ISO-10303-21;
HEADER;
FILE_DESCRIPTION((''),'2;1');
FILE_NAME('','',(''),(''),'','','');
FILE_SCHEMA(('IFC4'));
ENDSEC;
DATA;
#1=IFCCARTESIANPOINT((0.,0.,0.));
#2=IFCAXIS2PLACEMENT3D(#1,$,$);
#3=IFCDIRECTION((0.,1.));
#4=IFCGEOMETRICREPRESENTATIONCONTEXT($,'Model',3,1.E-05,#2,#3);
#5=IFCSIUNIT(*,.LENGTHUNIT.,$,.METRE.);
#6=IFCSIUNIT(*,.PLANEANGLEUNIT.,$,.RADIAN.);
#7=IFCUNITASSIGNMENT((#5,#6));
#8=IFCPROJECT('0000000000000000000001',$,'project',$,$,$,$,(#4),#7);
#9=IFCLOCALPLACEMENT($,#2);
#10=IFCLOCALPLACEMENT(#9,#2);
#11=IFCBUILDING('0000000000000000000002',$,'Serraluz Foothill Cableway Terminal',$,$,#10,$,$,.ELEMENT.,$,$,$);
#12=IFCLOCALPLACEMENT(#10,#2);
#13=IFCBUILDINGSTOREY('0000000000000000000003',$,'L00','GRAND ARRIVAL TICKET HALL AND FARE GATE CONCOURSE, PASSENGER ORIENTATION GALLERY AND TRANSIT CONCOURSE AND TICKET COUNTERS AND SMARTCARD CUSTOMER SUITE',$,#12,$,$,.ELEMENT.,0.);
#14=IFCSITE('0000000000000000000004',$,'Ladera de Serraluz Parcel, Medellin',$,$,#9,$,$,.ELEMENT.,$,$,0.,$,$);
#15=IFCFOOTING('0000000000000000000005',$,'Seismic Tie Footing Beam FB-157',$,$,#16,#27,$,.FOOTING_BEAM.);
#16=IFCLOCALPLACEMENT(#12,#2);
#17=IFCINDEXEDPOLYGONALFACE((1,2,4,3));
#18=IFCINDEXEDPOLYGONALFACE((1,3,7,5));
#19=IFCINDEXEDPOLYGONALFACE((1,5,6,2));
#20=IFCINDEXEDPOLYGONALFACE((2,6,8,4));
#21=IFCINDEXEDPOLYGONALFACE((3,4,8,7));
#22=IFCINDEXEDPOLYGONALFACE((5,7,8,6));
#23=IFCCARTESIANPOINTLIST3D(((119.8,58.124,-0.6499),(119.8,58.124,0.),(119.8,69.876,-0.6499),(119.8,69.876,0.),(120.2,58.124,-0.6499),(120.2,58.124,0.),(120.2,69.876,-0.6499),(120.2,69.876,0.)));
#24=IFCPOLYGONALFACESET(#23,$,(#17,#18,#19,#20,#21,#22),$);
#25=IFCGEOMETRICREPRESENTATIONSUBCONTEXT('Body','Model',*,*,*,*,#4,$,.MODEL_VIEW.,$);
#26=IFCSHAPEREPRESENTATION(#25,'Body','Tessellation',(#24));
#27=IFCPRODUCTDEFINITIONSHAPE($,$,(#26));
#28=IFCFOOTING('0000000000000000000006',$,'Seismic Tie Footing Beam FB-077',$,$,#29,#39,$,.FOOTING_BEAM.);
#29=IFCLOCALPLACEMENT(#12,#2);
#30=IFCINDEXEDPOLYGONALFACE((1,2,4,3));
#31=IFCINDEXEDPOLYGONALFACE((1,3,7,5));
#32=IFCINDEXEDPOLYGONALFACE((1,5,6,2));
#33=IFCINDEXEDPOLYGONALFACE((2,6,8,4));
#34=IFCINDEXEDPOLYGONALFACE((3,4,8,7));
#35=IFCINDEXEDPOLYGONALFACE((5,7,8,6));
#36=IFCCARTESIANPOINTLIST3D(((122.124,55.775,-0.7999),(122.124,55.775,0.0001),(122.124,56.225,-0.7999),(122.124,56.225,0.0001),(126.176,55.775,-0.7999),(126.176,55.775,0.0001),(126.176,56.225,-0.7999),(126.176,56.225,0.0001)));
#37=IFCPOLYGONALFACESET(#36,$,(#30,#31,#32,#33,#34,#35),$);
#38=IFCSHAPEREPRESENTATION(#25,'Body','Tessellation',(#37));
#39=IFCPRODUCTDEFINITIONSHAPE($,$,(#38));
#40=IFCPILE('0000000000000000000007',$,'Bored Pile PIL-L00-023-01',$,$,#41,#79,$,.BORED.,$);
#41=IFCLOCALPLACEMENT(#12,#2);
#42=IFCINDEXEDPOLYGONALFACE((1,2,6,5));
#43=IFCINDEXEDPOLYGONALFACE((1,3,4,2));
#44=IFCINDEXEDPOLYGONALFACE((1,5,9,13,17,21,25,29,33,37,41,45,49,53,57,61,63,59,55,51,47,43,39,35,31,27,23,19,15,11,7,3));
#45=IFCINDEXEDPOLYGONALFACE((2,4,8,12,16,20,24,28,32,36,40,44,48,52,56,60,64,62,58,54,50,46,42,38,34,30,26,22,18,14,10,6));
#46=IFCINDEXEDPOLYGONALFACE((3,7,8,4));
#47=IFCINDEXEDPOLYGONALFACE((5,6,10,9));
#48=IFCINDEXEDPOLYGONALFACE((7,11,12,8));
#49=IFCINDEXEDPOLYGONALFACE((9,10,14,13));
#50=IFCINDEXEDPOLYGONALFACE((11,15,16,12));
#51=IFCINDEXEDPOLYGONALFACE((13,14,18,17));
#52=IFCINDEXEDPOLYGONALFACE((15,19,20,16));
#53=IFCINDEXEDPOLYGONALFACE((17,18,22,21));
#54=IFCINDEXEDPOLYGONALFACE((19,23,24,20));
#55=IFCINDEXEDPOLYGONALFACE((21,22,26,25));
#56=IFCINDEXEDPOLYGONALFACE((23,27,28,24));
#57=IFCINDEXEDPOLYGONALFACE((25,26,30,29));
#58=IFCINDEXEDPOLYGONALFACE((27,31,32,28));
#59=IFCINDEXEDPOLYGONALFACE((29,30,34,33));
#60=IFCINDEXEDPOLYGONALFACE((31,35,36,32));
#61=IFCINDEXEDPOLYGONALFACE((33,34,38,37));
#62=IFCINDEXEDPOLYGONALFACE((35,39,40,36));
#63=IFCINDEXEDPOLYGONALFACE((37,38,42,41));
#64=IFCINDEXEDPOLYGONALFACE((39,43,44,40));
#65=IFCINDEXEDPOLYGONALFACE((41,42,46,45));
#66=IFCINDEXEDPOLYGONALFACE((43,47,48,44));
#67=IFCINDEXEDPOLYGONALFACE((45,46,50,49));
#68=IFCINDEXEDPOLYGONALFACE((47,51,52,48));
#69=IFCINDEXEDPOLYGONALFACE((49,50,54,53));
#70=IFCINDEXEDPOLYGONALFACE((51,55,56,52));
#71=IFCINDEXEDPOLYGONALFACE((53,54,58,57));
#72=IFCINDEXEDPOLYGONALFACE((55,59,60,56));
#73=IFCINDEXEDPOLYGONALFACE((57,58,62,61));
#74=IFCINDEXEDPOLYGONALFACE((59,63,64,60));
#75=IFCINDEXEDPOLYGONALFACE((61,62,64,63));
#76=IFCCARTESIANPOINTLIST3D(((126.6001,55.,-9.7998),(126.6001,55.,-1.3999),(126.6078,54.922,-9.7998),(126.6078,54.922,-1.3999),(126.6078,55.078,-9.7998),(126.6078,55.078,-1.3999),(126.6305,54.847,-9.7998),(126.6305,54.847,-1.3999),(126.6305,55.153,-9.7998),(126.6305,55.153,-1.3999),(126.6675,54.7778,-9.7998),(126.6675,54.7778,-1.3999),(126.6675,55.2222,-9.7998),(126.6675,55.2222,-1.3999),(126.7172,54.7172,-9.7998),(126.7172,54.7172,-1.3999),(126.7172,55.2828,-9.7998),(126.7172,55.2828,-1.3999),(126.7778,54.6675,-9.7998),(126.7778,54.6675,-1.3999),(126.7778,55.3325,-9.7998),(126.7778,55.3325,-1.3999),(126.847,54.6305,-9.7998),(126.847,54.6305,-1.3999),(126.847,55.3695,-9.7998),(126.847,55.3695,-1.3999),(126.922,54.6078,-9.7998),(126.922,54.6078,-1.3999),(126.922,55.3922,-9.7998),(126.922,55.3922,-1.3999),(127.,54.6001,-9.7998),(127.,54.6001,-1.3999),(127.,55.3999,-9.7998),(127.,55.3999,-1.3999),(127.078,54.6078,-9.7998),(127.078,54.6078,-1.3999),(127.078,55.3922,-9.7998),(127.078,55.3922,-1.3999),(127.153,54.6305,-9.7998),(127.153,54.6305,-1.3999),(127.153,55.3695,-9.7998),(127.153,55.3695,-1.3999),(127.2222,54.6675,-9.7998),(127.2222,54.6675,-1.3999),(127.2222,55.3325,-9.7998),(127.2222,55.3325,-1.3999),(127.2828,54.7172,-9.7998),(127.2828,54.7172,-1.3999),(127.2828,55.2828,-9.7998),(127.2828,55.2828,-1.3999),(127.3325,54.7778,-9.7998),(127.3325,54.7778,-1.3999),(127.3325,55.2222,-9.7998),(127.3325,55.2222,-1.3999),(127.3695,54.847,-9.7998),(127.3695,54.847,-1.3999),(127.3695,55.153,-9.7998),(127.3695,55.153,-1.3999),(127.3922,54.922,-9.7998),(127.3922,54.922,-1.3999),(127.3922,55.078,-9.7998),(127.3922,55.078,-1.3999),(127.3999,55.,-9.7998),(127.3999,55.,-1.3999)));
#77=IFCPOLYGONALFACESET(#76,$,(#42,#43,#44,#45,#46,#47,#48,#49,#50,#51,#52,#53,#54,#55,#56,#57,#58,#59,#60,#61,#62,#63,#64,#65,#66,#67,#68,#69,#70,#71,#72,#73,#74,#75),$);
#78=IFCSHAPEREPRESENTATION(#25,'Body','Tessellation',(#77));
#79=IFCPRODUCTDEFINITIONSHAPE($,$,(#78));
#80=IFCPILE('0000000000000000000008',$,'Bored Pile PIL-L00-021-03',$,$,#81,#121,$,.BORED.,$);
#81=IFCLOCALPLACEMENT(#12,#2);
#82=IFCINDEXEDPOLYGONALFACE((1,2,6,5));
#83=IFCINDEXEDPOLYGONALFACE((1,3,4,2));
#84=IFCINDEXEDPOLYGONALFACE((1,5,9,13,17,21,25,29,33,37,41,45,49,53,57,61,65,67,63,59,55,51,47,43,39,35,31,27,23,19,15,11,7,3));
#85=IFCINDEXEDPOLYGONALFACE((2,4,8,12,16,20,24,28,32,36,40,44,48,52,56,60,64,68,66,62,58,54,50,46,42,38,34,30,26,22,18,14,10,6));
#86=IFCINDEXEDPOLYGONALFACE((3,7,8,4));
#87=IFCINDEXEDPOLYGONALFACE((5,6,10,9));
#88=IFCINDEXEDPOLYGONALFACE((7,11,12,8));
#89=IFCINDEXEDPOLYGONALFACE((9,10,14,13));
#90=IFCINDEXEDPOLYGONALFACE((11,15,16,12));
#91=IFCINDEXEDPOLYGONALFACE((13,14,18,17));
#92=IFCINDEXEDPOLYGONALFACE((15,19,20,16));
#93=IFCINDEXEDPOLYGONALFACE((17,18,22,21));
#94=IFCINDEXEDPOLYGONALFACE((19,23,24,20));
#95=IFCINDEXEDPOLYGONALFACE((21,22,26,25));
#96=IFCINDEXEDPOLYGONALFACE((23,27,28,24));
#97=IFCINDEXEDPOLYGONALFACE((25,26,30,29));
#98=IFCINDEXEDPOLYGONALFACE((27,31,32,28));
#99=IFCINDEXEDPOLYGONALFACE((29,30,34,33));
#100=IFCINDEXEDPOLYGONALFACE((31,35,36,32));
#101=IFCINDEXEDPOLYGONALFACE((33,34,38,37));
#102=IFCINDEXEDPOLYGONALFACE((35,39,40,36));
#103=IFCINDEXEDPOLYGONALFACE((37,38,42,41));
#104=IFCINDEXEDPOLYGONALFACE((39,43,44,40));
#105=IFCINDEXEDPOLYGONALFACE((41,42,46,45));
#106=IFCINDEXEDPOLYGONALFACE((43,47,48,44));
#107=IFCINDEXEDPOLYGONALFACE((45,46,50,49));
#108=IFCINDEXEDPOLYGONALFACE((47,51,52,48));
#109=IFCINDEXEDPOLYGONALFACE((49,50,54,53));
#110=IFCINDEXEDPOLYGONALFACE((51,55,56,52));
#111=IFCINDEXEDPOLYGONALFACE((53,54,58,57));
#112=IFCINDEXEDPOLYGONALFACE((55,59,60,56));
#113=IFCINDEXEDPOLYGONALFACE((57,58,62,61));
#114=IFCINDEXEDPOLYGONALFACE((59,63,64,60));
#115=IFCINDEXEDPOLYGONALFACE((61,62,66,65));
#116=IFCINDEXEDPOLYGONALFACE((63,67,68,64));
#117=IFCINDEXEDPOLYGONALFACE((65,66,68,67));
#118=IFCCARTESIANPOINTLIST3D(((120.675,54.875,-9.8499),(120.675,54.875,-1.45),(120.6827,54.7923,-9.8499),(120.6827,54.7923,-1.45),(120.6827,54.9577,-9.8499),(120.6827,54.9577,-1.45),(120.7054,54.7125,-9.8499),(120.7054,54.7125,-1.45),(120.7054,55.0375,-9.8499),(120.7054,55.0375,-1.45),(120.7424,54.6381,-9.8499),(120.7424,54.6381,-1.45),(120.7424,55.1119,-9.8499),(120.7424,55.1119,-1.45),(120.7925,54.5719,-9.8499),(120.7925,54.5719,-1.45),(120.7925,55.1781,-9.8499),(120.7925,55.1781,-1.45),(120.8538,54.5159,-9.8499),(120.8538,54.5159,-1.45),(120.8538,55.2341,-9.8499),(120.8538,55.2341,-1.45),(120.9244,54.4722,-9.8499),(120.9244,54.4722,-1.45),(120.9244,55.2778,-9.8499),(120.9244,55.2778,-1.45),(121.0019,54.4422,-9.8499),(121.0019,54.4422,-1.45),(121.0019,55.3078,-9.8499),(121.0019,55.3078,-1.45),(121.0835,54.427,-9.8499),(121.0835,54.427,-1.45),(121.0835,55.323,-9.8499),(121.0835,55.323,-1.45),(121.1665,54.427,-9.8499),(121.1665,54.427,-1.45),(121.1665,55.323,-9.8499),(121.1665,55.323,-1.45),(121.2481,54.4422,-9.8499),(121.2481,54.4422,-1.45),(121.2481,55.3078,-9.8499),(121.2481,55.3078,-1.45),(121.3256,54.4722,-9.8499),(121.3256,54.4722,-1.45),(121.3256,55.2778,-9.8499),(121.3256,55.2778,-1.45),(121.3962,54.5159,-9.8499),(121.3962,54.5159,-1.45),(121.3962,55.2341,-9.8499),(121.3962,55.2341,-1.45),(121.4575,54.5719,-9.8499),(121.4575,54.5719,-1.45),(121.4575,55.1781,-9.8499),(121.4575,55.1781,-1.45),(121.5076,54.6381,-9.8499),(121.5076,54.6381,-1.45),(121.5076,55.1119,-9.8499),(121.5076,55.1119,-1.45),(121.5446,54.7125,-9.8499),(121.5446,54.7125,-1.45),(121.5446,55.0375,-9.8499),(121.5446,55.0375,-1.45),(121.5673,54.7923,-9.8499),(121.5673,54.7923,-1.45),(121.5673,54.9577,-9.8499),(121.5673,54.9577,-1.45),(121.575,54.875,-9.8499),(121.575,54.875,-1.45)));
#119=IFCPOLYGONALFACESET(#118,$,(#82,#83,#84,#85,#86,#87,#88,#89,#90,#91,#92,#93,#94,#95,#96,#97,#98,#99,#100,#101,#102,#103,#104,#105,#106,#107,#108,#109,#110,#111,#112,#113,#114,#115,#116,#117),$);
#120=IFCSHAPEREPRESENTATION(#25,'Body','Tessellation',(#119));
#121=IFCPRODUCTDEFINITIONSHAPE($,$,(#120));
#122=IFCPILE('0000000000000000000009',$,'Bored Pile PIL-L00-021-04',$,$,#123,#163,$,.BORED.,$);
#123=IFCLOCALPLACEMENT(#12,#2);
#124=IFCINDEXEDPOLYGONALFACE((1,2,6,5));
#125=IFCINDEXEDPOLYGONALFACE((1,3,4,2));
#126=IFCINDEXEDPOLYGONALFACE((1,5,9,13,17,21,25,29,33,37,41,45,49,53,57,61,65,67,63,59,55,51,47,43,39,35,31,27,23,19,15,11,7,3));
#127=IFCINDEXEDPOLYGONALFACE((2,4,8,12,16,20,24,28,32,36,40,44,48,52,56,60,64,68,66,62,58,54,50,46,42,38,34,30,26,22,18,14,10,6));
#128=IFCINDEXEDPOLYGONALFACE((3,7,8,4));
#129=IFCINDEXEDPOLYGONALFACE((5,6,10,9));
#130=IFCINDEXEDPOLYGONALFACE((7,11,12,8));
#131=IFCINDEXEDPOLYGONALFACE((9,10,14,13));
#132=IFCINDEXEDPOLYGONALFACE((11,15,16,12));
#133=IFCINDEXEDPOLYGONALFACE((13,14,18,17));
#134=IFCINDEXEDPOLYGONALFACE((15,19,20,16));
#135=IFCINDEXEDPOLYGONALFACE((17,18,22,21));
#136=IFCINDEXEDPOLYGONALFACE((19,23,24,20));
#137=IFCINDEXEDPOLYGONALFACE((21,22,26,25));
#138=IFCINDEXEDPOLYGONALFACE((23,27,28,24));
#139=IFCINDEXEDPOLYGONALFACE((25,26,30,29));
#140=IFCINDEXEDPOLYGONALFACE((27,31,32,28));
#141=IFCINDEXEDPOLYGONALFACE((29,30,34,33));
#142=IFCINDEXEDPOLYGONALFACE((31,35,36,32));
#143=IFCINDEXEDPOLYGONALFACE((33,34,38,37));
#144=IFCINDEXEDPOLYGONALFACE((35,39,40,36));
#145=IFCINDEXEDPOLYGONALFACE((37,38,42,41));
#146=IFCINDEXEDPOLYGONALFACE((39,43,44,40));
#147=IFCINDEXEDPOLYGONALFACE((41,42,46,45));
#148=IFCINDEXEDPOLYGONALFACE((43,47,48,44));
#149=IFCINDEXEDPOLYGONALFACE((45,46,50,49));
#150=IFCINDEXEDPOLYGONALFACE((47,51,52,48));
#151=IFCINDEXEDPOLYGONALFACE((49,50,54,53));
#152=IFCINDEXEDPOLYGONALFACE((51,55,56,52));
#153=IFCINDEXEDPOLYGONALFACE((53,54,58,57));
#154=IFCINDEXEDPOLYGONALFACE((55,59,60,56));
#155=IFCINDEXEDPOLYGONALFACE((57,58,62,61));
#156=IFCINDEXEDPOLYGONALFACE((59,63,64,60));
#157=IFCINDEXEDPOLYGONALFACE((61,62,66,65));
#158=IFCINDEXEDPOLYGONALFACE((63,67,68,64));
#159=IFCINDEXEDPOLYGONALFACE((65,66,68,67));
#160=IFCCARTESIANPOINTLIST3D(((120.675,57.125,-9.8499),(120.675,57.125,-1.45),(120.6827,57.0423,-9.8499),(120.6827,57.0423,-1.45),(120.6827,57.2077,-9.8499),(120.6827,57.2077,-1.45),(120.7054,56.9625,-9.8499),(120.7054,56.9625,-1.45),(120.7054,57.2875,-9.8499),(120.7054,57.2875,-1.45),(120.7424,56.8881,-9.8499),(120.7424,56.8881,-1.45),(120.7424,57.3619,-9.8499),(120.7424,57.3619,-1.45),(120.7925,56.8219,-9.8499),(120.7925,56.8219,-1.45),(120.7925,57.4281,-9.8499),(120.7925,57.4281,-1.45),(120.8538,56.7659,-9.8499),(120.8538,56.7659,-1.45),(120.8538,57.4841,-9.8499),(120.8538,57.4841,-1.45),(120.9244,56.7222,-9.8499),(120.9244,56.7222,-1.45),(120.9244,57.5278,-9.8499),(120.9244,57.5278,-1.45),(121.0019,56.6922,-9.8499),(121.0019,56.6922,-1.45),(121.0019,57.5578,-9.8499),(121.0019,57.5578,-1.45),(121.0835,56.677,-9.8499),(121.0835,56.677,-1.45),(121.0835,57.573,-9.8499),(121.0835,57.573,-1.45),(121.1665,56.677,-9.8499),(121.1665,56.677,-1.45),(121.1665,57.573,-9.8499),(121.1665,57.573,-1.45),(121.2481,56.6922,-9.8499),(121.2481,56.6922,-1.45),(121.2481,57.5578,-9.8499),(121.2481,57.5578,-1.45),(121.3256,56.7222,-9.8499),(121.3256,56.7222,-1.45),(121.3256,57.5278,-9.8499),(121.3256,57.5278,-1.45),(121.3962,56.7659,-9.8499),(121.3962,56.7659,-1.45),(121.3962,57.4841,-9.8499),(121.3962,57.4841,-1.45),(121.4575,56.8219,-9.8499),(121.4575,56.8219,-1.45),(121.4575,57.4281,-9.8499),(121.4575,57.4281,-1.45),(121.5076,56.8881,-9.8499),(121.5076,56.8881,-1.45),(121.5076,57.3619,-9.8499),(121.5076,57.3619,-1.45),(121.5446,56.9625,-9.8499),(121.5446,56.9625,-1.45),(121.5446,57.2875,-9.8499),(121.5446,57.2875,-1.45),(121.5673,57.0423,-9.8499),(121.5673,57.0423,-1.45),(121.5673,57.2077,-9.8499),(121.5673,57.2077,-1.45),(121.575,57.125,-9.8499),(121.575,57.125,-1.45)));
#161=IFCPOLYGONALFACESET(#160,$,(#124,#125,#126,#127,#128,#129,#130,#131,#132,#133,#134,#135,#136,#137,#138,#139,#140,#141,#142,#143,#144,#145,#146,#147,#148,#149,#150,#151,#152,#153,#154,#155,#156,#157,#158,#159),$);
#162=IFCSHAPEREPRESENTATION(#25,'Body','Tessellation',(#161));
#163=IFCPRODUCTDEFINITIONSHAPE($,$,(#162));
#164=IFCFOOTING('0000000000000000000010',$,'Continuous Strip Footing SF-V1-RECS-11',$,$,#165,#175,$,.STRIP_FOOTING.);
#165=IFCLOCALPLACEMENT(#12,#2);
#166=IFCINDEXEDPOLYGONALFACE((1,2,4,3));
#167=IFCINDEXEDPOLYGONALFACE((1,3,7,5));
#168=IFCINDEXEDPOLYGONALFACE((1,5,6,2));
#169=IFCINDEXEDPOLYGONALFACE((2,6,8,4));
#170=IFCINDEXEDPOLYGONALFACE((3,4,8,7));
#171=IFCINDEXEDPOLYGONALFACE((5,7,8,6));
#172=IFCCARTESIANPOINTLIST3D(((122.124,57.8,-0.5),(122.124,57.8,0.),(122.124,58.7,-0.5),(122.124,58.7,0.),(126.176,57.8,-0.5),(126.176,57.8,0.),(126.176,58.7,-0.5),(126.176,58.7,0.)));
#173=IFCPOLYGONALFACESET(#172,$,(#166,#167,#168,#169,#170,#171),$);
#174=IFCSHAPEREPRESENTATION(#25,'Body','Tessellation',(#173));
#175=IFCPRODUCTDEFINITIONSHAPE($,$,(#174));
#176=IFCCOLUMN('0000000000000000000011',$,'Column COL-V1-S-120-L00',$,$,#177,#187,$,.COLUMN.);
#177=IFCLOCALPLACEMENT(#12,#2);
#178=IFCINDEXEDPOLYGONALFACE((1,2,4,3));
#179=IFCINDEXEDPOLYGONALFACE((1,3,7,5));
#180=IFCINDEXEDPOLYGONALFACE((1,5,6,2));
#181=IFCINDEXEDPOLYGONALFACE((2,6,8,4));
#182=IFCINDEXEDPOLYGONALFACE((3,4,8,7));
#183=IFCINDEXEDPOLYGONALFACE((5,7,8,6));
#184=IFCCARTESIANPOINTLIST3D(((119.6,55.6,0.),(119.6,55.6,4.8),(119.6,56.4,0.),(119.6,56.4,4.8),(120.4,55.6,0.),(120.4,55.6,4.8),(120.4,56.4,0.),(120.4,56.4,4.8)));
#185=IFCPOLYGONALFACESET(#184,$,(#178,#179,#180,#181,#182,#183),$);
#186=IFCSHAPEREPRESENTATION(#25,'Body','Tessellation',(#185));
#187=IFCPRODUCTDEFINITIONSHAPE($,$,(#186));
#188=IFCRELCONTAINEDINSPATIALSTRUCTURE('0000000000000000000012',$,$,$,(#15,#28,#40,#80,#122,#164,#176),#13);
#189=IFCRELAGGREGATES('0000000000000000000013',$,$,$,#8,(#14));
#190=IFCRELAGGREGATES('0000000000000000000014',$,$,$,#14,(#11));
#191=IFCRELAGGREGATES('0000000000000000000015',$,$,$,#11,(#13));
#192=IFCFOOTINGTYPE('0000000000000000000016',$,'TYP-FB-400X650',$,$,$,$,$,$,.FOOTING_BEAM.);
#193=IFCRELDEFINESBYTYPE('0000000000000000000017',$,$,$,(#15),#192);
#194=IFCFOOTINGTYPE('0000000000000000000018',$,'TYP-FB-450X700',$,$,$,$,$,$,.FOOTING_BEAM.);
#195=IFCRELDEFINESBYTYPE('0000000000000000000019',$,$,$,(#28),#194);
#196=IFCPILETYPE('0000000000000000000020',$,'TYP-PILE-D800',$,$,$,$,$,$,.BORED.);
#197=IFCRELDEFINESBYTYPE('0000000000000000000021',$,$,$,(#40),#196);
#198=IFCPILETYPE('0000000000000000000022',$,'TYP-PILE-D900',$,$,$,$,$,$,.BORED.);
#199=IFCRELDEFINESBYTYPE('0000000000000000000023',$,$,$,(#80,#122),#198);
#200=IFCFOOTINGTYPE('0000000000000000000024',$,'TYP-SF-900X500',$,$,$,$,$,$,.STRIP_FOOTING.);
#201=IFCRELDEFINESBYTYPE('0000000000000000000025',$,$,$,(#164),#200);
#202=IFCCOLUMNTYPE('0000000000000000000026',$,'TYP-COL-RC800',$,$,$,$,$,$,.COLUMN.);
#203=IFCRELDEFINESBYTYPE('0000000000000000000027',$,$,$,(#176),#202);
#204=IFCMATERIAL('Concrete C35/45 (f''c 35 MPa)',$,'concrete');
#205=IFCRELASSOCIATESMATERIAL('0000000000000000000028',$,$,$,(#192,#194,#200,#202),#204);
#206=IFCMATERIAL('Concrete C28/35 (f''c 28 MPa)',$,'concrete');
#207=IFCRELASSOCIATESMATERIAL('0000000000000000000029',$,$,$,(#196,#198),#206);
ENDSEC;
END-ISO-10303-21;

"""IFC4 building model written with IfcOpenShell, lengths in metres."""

from ifc_helpers import new_model, si_unit, direction, frame, origin, origin_2d, place, context, subcontext, project, spatial, rectangle, circle, extrude, material, material_profile, profile_set, type_object, element, save


model = new_model("IFC4")

# Units and contexts
model_context = context("Model", 3, precision=1e-05, world=origin(), true_north=direction((0.0, 1.0)))
body_context = subcontext(model_context, "Body", "Model", "MODEL_VIEW")
ifc_project = project(units=[si_unit("LENGTHUNIT", "METRE"), si_unit("PLANEANGLEUNIT", "RADIAN")], contexts=[model_context])

# Site, building, storey
site_placement = place(None, origin())
site = spatial("IfcSite", under=ifc_project, at=site_placement, Name="Ladera de Serraluz Parcel, Medellin", CompositionType="ELEMENT", RefElevation=0.0)
building_placement = place(site_placement, origin())
building = spatial("IfcBuilding", under=site, at=building_placement, Name="Serraluz Foothill Cableway Terminal", CompositionType="ELEMENT")
storey_placement = place(building_placement, origin())
storey = spatial("IfcBuildingStorey", under=building, at=storey_placement, Name="L00", Description="GRAND ARRIVAL TICKET HALL AND FARE GATE CONCOURSE, PASSENGER ORIENTATION GALLERY AND TRANSIT CONCOURSE AND TICKET COUNTERS AND SMARTCARD CUSTOMER SUITE", CompositionType="ELEMENT", Elevation=0.0)

# Footings
ifc_material_1 = material(Name="Concrete C35/45 (f'c 35 MPa)", Category="concrete")
ifc_material_profile_1 = material_profile(ifc_material_1, rectangle(XDim=0.3999, YDim=0.6499, at=origin_2d()), Name="RC 400x650")
ifc_profile_set_1 = profile_set([ifc_material_profile_1], Name="Concrete C35/45 (f'c 35 MPa)")
footing_type_1 = type_object("IfcFootingType", Name="TYP-FB-400X650", PredefinedType="FOOTING_BEAM", material=ifc_profile_set_1)
footing_1_placement = place(storey_placement, frame((120.0, 58.124, -0.325), z_axis=(0.0, 1.0, 0.0), x_axis=(-1.0, 0.0, 0.0)))
element("IfcFooting", 1, at=footing_1_placement, inside=storey, type_object=footing_type_1, Name="Seismic Tie Footing Beam FB-157", PredefinedType="FOOTING_BEAM", context=body_context, shape_type="SweptSolid", body=[
    extrude(rectangle(XDim=0.3999, YDim=0.6499, at=origin_2d()), origin(), (0.0, 0.0, 1.0), 11.752),
])
ifc_material_profile_2 = material_profile(ifc_material_1, rectangle(XDim=0.45, YDim=0.8, at=origin_2d()), Name="RC 450x800")
ifc_profile_set_2 = profile_set([ifc_material_profile_2], Name="Concrete C35/45 (f'c 35 MPa)")
footing_type_2 = type_object("IfcFootingType", Name="TYP-FB-450X700", PredefinedType="FOOTING_BEAM", material=ifc_profile_set_2)
footing_2_placement = place(storey_placement, frame((122.124, 56.0, -0.3999), z_axis=(1.0, 0.0, 0.0), x_axis=(0.0, 1.0, 0.0)))
element("IfcFooting", 2, at=footing_2_placement, inside=storey, type_object=footing_type_2, Name="Seismic Tie Footing Beam FB-077", PredefinedType="FOOTING_BEAM", context=body_context, shape_type="SweptSolid", body=[
    extrude(rectangle(XDim=0.45, YDim=0.8, at=origin_2d()), origin(), (0.0, 0.0, 1.0), 4.052),
])

# Piles
ifc_material_2 = material(Name="Concrete C28/35 (f'c 28 MPa)", Category="concrete")
ifc_material_profile_3 = material_profile(ifc_material_2, circle(Radius=0.3999, at=origin_2d()), Name="BORED PILE D800")
ifc_profile_set_3 = profile_set([ifc_material_profile_3], Name="Concrete C28/35 (f'c 28 MPa)")
pile_type_1 = type_object("IfcPileType", Name="TYP-PILE-D800", PredefinedType="BORED", material=ifc_profile_set_3)
pile_placement = place(storey_placement, frame((127.0, 55.0, -1.3999), z_axis=(0.0, 0.0, -1.0), x_axis=(1.0, 0.0, 0.0)))
element("IfcPile", 3, at=pile_placement, inside=storey, type_object=pile_type_1, Name="Bored Pile PIL-L00-023-01", PredefinedType="BORED", context=body_context, shape_type="SweptSolid", body=[
    extrude(circle(Radius=0.3999, at=origin_2d()), origin(), (0.0, 0.0, 1.0), 8.3999),
])
ifc_material_profile_4 = material_profile(ifc_material_2, circle(Radius=0.45, at=origin_2d()), Name="BORED PILE D900")
ifc_profile_set_4 = profile_set([ifc_material_profile_4], Name="Concrete C28/35 (f'c 28 MPa)")
pile_type_2 = type_object("IfcPileType", Name="TYP-PILE-D900", PredefinedType="BORED", material=ifc_profile_set_4)
for number, where, z_axis, x_axis, name in (
    (4, (121.125, 54.875, -1.45), (0.0, 0.0, -1.0), (1.0, 0.0, 0.0), "Bored Pile PIL-L00-021-03"),
    (5, (121.125, 57.125, -1.45), (0.0, 0.0, -1.0), (1.0, 0.0, 0.0), "Bored Pile PIL-L00-021-04"),
):
    element("IfcPile", number, at=place(storey_placement, frame(where, z_axis=z_axis, x_axis=x_axis)), inside=storey, type_object=pile_type_2, Name=name, PredefinedType="BORED", context=body_context, shape_type="SweptSolid", body=[
        extrude(circle(Radius=0.45, at=origin_2d()), origin(), (0.0, 0.0, 1.0), 8.3999),
    ])

# Footing
ifc_material_profile_5 = material_profile(ifc_material_1, rectangle(XDim=0.8999, YDim=0.5, at=origin_2d()), Name="SF 900x500")
ifc_profile_set_5 = profile_set([ifc_material_profile_5], Name="Concrete C35/45 (f'c 35 MPa)")
footing_type_3 = type_object("IfcFootingType", Name="TYP-SF-900X500", PredefinedType="STRIP_FOOTING", material=ifc_profile_set_5)
footing_3_placement = place(storey_placement, frame((122.124, 58.25, -0.25), z_axis=(1.0, 0.0, 0.0), x_axis=(0.0, 1.0, 0.0)))
element("IfcFooting", 6, at=footing_3_placement, inside=storey, type_object=footing_type_3, Name="Continuous Strip Footing SF-V1-RECS-11", PredefinedType="STRIP_FOOTING", context=body_context, shape_type="SweptSolid", body=[
    extrude(rectangle(XDim=0.8999, YDim=0.5, at=origin_2d()), origin(), (0.0, 0.0, 1.0), 4.052),
])

# Column
ifc_material_profile_6 = material_profile(ifc_material_1, rectangle(XDim=0.8, YDim=0.8, at=origin_2d()), Name="RC 800x800")
ifc_profile_set_6 = profile_set([ifc_material_profile_6], Name="Concrete C35/45 (f'c 35 MPa)")
column_type = type_object("IfcColumnType", Name="TYP-COL-RC800", PredefinedType="COLUMN", material=ifc_profile_set_6)
column_placement = place(storey_placement, frame((120.0, 56.0, 0.0), z_axis=(0.0, 0.0, 1.0), x_axis=(1.0, 0.0, 0.0)))
element("IfcColumn", 7, at=column_placement, inside=storey, type_object=column_type, Name="Column COL-V1-S-120-L00", PredefinedType="COLUMN", context=body_context, shape_type="SweptSolid", body=[
    extrude(rectangle(XDim=0.8, YDim=0.8, at=origin_2d()), origin(), (0.0, 0.0, 1.0), 4.8),
])

save(model, "model.ifc")
